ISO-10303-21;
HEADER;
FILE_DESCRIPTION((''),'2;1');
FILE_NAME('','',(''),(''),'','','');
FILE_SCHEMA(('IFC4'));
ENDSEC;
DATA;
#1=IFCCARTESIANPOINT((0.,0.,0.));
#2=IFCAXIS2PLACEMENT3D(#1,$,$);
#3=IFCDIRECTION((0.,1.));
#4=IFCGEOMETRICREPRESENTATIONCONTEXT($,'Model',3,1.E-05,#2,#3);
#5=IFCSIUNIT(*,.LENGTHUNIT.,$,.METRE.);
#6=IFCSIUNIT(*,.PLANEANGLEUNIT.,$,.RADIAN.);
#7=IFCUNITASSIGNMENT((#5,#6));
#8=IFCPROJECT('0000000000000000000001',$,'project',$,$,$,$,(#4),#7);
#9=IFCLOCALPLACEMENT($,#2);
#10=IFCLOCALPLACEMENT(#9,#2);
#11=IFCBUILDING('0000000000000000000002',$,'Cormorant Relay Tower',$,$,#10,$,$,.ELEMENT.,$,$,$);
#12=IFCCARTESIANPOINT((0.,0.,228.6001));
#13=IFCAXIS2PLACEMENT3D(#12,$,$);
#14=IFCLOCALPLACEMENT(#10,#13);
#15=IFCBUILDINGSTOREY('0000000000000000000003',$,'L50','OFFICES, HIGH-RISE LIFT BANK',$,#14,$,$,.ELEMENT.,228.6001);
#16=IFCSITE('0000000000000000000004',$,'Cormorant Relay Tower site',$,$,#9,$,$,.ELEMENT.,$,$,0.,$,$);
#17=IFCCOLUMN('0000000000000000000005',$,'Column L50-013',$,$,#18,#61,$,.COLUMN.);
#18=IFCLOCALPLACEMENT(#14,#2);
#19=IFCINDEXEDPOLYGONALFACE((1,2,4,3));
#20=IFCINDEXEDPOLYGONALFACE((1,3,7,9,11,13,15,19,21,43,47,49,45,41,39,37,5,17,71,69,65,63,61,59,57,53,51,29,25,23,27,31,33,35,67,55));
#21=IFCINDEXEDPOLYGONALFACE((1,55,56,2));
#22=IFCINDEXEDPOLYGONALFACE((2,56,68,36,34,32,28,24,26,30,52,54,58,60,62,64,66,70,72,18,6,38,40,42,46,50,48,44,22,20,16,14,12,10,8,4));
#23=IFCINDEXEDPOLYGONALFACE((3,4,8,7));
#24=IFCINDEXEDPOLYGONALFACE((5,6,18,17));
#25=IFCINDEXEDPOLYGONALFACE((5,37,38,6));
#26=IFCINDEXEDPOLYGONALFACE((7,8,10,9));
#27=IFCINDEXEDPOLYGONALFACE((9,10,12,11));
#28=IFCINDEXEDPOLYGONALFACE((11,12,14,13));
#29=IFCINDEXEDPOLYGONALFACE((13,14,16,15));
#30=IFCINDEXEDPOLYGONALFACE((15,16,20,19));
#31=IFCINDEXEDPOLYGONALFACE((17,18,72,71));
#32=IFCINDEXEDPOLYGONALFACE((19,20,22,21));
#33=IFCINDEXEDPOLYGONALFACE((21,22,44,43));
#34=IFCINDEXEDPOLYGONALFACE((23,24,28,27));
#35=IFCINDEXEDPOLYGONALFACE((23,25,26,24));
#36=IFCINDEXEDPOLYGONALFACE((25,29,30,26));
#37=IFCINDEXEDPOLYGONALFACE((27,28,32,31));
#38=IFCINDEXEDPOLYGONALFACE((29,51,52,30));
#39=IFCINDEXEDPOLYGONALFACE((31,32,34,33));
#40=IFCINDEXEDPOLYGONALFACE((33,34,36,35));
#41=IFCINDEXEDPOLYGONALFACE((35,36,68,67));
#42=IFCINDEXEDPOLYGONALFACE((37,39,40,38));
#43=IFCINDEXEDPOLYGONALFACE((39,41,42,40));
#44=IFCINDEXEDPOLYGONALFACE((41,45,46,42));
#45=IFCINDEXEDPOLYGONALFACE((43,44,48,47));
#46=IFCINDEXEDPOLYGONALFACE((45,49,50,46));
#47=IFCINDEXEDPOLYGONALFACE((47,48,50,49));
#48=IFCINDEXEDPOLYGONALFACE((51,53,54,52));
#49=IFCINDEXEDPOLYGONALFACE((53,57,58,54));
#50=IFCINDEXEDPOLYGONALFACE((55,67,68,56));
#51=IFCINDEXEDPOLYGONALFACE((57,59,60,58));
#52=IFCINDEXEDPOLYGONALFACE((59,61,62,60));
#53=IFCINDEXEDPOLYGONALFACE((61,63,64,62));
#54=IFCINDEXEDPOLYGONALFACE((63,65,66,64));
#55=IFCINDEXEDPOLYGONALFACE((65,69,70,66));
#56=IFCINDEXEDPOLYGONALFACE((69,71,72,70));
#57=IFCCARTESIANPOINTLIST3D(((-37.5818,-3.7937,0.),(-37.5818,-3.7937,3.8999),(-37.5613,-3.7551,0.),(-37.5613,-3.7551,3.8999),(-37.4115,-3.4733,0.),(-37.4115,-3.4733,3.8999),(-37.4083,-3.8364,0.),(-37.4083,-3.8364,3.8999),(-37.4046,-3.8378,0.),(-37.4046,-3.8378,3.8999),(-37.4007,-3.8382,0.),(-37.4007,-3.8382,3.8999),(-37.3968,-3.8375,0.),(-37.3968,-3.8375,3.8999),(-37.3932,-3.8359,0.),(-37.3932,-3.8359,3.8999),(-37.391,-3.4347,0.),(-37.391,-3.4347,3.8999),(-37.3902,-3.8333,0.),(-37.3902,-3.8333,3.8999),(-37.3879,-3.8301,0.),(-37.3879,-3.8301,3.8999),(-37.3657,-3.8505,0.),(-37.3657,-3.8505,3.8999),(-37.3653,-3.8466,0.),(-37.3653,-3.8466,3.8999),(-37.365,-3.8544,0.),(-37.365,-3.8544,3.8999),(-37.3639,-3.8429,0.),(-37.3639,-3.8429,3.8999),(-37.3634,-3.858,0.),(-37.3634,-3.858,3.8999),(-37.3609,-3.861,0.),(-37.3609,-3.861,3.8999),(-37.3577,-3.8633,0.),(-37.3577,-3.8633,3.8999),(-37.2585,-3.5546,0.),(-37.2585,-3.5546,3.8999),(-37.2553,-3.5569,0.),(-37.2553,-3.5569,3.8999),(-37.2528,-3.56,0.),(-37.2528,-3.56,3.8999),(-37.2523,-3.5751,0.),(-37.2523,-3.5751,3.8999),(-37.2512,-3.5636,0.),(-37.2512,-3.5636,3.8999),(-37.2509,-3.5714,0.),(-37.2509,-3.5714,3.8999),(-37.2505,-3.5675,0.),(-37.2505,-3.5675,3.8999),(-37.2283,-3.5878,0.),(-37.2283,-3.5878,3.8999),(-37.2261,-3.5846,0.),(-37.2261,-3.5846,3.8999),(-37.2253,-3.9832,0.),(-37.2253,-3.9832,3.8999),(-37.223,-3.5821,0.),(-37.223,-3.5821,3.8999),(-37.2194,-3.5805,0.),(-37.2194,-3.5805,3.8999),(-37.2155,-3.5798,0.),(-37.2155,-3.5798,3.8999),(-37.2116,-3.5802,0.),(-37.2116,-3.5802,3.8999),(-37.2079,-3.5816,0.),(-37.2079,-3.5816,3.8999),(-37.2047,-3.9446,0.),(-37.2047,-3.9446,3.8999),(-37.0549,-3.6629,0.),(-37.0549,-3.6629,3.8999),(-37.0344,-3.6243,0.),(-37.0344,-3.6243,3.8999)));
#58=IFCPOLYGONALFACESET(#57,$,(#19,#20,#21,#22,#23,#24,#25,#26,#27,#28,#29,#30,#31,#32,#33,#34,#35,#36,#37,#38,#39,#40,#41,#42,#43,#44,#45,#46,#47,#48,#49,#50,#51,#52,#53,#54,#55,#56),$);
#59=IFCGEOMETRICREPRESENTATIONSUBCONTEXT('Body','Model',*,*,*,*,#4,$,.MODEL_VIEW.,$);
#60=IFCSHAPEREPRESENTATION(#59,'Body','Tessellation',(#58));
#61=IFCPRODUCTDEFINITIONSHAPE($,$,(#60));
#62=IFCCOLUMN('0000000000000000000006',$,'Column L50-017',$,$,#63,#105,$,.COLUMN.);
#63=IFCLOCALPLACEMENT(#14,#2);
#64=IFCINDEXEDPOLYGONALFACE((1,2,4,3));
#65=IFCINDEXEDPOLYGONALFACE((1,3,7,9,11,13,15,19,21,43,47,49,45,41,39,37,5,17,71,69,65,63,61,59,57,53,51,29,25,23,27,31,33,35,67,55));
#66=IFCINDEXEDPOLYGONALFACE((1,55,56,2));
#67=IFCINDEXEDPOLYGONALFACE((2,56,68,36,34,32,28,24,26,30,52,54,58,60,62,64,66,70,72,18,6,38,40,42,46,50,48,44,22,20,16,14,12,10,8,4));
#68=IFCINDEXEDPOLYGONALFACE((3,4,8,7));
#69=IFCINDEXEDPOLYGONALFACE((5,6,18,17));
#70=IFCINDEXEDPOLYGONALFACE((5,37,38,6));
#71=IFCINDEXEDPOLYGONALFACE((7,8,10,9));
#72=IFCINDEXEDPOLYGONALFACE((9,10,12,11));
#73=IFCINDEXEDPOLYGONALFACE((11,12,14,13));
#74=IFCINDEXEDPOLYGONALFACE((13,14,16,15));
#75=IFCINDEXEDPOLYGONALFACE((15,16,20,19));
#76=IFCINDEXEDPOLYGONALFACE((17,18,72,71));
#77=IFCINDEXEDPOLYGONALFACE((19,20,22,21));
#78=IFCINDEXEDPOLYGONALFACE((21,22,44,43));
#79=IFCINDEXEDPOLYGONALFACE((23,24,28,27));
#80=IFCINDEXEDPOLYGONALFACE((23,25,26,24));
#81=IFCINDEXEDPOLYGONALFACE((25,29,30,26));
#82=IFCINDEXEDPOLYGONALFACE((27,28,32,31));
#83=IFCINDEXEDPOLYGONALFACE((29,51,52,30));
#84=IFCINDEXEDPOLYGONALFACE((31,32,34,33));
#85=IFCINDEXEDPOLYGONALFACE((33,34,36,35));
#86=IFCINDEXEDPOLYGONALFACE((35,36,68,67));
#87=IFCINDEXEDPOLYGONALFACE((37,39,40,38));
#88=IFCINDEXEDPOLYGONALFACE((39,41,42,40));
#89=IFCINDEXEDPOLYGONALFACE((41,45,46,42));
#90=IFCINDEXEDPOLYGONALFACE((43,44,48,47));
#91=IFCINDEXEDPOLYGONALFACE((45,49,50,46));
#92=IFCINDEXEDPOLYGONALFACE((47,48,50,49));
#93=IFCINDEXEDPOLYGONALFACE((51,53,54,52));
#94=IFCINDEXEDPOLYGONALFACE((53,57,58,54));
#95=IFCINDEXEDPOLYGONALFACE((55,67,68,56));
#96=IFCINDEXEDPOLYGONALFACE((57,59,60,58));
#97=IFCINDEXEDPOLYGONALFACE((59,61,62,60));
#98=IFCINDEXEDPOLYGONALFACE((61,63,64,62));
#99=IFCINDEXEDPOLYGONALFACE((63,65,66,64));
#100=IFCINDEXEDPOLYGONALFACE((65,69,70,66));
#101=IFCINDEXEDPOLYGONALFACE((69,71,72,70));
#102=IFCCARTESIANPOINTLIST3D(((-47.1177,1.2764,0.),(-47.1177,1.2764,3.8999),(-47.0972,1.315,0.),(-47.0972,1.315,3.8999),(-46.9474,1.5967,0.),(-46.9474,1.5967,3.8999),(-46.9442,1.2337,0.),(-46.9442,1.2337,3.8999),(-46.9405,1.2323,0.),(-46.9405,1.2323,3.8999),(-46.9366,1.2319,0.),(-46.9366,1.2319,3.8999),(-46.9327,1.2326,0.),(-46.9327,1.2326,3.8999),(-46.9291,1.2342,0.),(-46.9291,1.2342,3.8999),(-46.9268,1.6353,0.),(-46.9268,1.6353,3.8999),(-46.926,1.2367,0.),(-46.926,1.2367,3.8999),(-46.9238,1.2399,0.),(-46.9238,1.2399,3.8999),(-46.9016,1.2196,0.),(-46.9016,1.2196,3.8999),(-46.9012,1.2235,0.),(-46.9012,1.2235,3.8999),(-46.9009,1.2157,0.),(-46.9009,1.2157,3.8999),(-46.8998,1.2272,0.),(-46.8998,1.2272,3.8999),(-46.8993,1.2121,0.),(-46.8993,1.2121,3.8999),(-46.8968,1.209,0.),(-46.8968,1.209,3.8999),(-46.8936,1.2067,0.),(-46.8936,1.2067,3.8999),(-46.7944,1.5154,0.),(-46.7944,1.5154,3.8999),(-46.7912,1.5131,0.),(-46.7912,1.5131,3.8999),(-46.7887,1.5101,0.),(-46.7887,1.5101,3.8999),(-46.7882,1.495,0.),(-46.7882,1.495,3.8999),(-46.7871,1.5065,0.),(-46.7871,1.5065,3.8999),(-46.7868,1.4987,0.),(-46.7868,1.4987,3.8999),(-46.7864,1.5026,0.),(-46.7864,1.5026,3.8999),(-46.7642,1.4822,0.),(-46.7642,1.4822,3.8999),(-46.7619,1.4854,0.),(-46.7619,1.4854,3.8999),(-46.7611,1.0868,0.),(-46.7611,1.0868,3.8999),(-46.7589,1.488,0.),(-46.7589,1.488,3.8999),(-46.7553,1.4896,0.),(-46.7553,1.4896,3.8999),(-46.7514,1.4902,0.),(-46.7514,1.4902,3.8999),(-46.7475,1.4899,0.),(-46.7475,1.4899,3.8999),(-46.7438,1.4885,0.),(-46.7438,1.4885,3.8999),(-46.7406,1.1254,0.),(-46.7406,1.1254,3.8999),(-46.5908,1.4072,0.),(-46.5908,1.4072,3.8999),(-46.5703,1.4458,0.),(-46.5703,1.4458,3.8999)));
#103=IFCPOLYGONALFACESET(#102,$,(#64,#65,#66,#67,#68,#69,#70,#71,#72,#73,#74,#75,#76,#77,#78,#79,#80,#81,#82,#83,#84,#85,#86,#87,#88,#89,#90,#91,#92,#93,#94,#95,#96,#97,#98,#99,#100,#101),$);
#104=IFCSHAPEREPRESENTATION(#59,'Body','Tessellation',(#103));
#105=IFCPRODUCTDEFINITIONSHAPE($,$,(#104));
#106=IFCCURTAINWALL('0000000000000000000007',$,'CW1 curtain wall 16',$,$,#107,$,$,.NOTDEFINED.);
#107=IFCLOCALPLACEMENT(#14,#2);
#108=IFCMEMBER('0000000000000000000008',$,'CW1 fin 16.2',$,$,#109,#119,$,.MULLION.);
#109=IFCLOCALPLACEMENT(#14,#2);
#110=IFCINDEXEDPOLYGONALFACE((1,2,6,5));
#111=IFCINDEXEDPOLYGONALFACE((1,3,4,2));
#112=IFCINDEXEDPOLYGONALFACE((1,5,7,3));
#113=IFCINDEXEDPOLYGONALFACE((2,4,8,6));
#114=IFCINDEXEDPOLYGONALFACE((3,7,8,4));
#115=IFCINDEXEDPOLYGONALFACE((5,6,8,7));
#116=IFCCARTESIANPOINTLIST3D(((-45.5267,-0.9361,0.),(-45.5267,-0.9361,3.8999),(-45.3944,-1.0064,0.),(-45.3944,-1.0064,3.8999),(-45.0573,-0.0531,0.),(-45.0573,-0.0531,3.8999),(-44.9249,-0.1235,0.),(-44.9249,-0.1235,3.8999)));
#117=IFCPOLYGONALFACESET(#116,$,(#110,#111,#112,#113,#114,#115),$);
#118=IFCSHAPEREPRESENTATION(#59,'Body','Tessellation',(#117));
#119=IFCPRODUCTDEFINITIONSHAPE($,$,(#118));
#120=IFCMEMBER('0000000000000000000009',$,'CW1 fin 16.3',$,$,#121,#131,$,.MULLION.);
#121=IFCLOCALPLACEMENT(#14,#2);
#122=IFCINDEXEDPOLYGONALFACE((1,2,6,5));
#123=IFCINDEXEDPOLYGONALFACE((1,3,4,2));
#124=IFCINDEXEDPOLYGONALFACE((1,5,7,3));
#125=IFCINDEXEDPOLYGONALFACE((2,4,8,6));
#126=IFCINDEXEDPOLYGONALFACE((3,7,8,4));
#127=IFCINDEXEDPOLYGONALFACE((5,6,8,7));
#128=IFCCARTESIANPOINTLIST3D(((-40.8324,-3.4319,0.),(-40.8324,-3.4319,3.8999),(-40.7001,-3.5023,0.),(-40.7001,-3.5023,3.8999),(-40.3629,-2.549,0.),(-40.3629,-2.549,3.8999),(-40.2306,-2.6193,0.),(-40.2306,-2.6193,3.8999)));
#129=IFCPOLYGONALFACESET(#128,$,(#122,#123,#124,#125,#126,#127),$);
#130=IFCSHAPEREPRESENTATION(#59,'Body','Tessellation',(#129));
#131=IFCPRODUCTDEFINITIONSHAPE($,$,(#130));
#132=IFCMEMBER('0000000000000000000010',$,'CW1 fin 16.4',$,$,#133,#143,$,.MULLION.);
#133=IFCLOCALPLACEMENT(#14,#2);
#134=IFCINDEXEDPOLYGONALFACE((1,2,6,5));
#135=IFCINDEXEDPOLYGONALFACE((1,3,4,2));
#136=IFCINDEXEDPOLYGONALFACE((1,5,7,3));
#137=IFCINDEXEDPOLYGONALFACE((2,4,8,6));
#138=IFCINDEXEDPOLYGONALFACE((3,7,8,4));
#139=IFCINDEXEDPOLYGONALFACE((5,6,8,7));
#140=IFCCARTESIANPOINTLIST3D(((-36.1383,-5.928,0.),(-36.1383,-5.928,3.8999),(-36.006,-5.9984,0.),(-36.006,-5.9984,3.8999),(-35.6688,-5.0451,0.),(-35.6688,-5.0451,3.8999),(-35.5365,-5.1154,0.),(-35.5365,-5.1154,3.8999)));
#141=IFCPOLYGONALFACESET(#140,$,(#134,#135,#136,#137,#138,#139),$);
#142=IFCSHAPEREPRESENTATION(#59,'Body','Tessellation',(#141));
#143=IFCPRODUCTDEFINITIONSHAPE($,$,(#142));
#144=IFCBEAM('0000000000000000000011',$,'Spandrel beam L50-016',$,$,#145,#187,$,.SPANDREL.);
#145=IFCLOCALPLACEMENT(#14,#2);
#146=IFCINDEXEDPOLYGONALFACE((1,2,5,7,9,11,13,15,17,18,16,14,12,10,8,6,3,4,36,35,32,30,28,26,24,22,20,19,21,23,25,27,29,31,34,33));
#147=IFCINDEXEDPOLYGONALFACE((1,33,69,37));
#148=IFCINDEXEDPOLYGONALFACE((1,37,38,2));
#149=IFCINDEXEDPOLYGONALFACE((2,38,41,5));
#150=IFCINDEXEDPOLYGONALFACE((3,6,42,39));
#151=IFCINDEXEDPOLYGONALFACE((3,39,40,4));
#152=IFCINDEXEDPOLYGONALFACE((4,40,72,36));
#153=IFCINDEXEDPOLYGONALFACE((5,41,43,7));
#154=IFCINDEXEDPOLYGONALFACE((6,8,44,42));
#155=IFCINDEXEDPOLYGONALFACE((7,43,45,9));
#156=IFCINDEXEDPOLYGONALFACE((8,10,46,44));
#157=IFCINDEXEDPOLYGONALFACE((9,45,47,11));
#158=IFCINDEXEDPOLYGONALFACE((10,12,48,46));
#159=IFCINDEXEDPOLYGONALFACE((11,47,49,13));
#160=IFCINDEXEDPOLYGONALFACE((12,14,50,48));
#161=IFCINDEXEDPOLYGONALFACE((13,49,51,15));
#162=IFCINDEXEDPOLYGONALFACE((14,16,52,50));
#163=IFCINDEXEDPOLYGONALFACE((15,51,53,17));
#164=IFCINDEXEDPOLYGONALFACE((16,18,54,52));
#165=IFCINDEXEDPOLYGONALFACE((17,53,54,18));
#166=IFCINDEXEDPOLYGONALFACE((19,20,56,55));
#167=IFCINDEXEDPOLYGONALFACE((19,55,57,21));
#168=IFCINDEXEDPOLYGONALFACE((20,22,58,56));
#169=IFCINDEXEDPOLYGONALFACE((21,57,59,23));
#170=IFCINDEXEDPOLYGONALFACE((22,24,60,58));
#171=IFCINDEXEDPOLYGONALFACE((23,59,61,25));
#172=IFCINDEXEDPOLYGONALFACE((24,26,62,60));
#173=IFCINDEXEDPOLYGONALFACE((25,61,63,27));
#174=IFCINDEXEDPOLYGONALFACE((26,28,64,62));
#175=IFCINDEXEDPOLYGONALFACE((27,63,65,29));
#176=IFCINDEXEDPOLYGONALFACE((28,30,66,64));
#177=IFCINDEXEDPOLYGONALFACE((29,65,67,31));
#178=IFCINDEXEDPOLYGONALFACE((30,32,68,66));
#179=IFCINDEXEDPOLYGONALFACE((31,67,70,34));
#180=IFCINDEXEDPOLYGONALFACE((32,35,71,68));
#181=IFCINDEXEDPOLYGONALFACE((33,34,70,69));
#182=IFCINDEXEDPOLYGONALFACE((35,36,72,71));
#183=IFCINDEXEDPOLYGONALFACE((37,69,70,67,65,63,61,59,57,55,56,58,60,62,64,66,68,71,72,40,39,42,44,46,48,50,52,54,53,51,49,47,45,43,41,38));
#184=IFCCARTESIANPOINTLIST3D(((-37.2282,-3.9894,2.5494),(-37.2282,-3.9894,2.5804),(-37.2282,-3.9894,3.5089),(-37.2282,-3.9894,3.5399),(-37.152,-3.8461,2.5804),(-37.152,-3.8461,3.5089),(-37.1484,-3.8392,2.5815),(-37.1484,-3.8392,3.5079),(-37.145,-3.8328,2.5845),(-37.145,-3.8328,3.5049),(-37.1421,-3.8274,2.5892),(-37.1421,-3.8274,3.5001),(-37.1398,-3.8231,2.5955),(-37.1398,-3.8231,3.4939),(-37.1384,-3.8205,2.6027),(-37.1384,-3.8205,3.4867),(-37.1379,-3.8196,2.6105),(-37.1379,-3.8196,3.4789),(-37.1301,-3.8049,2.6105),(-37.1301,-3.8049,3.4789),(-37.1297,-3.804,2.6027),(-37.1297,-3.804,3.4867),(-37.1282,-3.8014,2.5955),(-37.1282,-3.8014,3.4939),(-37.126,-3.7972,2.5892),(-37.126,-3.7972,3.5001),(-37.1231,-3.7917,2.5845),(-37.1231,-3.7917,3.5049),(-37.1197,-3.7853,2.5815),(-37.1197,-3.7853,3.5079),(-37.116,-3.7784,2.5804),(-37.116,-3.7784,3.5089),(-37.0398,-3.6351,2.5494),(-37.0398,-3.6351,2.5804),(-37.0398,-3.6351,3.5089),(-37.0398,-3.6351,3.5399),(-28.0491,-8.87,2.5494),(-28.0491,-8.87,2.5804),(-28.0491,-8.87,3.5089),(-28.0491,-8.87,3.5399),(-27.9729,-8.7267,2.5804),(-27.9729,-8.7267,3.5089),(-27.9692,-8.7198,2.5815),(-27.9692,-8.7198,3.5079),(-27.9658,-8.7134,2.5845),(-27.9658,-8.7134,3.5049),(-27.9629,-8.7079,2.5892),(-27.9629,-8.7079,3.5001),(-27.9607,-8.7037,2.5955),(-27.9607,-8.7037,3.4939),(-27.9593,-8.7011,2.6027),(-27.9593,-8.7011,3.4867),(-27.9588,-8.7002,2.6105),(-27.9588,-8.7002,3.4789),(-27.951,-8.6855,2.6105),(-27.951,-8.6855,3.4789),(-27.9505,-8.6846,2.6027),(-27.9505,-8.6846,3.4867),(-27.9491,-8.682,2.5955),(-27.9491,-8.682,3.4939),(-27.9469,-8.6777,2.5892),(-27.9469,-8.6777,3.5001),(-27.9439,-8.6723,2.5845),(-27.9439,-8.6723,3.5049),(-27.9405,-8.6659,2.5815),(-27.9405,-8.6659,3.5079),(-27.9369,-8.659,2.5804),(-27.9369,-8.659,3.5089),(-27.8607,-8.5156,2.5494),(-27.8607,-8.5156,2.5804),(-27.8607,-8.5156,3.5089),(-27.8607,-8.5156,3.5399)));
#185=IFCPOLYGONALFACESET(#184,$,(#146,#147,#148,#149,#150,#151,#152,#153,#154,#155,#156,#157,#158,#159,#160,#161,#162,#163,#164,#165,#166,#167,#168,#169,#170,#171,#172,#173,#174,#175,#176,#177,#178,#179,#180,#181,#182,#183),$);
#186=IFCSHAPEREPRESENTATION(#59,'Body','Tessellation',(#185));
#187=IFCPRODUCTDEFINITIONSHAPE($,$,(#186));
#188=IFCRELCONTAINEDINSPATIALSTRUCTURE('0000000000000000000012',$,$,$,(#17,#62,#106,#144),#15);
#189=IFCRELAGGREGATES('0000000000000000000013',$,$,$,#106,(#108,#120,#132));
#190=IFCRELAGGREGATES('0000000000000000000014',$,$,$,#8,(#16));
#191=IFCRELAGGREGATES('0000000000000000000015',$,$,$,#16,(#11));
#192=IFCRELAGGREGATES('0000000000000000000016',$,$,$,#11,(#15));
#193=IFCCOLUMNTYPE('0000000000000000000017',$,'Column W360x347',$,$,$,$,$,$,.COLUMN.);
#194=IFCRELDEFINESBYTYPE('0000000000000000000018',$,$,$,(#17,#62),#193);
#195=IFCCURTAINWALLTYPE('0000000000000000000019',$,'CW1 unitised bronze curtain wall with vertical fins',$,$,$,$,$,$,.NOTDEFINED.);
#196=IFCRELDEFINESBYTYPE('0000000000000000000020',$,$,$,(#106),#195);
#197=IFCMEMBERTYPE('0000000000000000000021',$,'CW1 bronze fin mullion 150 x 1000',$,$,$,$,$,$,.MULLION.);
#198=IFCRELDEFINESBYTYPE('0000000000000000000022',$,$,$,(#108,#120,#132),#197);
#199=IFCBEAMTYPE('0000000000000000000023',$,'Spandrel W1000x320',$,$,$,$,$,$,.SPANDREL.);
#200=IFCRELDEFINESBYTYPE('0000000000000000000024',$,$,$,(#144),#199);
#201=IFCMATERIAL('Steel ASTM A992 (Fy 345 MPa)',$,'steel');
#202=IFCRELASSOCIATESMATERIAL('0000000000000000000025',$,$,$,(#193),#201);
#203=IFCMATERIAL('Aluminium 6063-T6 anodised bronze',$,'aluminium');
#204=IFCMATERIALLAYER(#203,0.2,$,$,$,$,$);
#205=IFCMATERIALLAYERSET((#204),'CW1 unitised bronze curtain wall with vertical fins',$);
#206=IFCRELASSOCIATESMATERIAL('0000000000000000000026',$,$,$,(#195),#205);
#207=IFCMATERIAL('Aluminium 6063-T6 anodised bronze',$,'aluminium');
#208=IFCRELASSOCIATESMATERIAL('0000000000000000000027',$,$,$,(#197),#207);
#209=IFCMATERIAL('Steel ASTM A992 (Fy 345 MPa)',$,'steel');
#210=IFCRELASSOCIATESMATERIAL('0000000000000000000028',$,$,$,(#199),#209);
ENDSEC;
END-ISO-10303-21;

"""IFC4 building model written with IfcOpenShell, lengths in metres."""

from ifc_helpers import new_model, si_unit, direction, frame, origin, origin_2d, place, context, subcontext, project, spatial, rectangle, i_section, extrude, material, layer, layer_set, material_profile, profile_set, type_object, element, aggregate, save


model = new_model("IFC4")

# Units and contexts
model_context = context("Model", 3, precision=1e-05, world=origin(), true_north=direction((0.0, 1.0)))
body_context = subcontext(model_context, "Body", "Model", "MODEL_VIEW")
ifc_project = project(units=[si_unit("LENGTHUNIT", "METRE"), si_unit("PLANEANGLEUNIT", "RADIAN")], contexts=[model_context])

# Site, building, storey
site_placement = place(None, origin())
site = spatial("IfcSite", under=ifc_project, at=site_placement, Name="Cormorant Relay Tower site", CompositionType="ELEMENT", RefElevation=0.0)
building_placement = place(site_placement, origin())
building = spatial("IfcBuilding", under=site, at=building_placement, Name="Cormorant Relay Tower", CompositionType="ELEMENT")
storey_placement = place(building_placement, frame((0.0, 0.0, 228.6001)))
storey = spatial("IfcBuildingStorey", under=building, at=storey_placement, Name="L50", Description="OFFICES, HIGH-RISE LIFT BANK", CompositionType="ELEMENT", Elevation=228.6001)

# Columns
ifc_material_1 = material(Name="Steel ASTM A992 (Fy 345 MPa)", Category="steel")
ifc_material_profile_1 = material_profile(ifc_material_1, i_section(OverallWidth=0.4038, OverallDepth=0.4065, WebThickness=0.0271, FlangeThickness=0.0437, FilletRadius=0.0151, at=origin_2d()), Name="W360x347")
ifc_profile_set_1 = profile_set([ifc_material_profile_1], Name="Steel ASTM A992 (Fy 345 MPa)")
column_type = type_object("IfcColumnType", Name="Column W360x347", PredefinedType="COLUMN", material=ifc_profile_set_1)
for number, where, z_axis, x_axis, name in (
    (1, (-37.3081, -3.709, 0.0), (0.0, 0.0, 1.0), (0.882948, -0.469472, 0.0), "Column L50-013"),
    (2, (-46.844, 1.3611, 0.0), (0.0, 0.0, 1.0), (0.882948, -0.469472, 0.0), "Column L50-017"),
):
    element("IfcColumn", number, at=place(storey_placement, frame(where, z_axis=z_axis, x_axis=x_axis)), inside=storey, type_object=column_type, Name=name, PredefinedType="COLUMN", context=body_context, shape_type="SweptSolid", body=[
        extrude(i_section(OverallWidth=0.4038, OverallDepth=0.4065, WebThickness=0.0271, FlangeThickness=0.0437, FilletRadius=0.0151, at=origin_2d()), origin(), (0.0, 0.0, 1.0), 3.8999),
    ])

# Curtain wall, members
ifc_material_2 = material(Name="Aluminium 6063-T6 anodised bronze", Category="aluminium")
ifc_layer_1 = layer(ifc_material_2, 0.2)
ifc_layer_set_1 = layer_set([ifc_layer_1], Name="CW1 unitised bronze curtain wall with vertical fins")
curtain_wall_type = type_object("IfcCurtainWallType", Name="CW1 unitised bronze curtain wall with vertical fins", PredefinedType="NOTDEFINED", material=ifc_layer_set_1)
curtain_wall_placement = place(storey_placement, origin())
curtain_wall = element("IfcCurtainWall", 3, at=curtain_wall_placement, inside=storey, type_object=curtain_wall_type, Name="CW1 curtain wall 16", PredefinedType="NOTDEFINED")
ifc_material_3 = material(Name="Aluminium 6063-T6 anodised bronze", Category="aluminium")
ifc_material_profile_2 = material_profile(ifc_material_3, rectangle(XDim=0.1499, YDim=1.0, at=origin_2d()), Name="AL 150x1000")
ifc_profile_set_2 = profile_set([ifc_material_profile_2], Name="Aluminium 6063-T6 anodised bronze")
member_type = type_object("IfcMemberType", Name="CW1 bronze fin mullion 150 x 1000", PredefinedType="MULLION", material=ifc_profile_set_2)
member_1_placement = place(storey_placement, frame((-45.2258, -0.5298, 0.0), z_axis=(0.0, 0.0, 1.0), x_axis=(0.882948, -0.469472, 0.0)))
member_1 = element("IfcMember", 4, at=member_1_placement, type_object=member_type, Name="CW1 fin 16.2", PredefinedType="MULLION", context=body_context, shape_type="SweptSolid", body=[
    extrude(rectangle(XDim=0.1499, YDim=1.0, at=origin_2d()), origin(), (0.0, 0.0, 1.0), 3.8999),
])
member_2_placement = place(storey_placement, frame((-40.5315, -3.0256, 0.0), z_axis=(0.0, 0.0, 1.0), x_axis=(0.882948, -0.469472, 0.0)))
member_2 = element("IfcMember", 5, at=member_2_placement, type_object=member_type, Name="CW1 fin 16.3", PredefinedType="MULLION", context=body_context, shape_type="SweptSolid", body=[
    extrude(rectangle(XDim=0.1499, YDim=1.0, at=origin_2d()), origin(), (0.0, 0.0, 1.0), 3.8999),
])
member_3_placement = place(storey_placement, frame((-35.8374, -5.5217, 0.0), z_axis=(0.0, 0.0, 1.0), x_axis=(0.882948, -0.469472, 0.0)))
member_3 = element("IfcMember", 6, at=member_3_placement, type_object=member_type, Name="CW1 fin 16.4", PredefinedType="MULLION", context=body_context, shape_type="SweptSolid", body=[
    extrude(rectangle(XDim=0.1499, YDim=1.0, at=origin_2d()), origin(), (0.0, 0.0, 1.0), 3.8999),
])

# Beam
ifc_material_4 = material(Name="Steel ASTM A992 (Fy 345 MPa)", Category="steel")
ifc_material_profile_3 = material_profile(ifc_material_4, i_section(OverallWidth=0.4014, OverallDepth=0.9905, WebThickness=0.0166, FlangeThickness=0.031, FilletRadius=0.03, at=origin_2d()), Name="W1000x320")
ifc_profile_set_3 = profile_set([ifc_material_profile_3], Name="Steel ASTM A992 (Fy 345 MPa)")
beam_type_1 = type_object("IfcBeamType", Name="Spandrel W1000x320", PredefinedType="SPANDREL", material=ifc_profile_set_3)
beam_1_placement = place(storey_placement, frame((-37.134, -3.8123, 3.0447), z_axis=(0.88295, -0.469468, 0.0), x_axis=(0.469468, 0.88295, 0.0)))
element("IfcBeam", 7, at=beam_1_placement, inside=storey, type_object=beam_type_1, Name="Spandrel beam L50-016", PredefinedType="SPANDREL", context=body_context, shape_type="SweptSolid", body=[
    extrude(i_section(OverallWidth=0.4014, OverallDepth=0.9905, WebThickness=0.0166, FlangeThickness=0.031, FilletRadius=0.03, at=origin_2d()), origin(), (0.0, 0.0, 1.0), 10.396),
])

aggregate(curtain_wall, [member_1, member_2, member_3])

save(model, "model.ifc")
